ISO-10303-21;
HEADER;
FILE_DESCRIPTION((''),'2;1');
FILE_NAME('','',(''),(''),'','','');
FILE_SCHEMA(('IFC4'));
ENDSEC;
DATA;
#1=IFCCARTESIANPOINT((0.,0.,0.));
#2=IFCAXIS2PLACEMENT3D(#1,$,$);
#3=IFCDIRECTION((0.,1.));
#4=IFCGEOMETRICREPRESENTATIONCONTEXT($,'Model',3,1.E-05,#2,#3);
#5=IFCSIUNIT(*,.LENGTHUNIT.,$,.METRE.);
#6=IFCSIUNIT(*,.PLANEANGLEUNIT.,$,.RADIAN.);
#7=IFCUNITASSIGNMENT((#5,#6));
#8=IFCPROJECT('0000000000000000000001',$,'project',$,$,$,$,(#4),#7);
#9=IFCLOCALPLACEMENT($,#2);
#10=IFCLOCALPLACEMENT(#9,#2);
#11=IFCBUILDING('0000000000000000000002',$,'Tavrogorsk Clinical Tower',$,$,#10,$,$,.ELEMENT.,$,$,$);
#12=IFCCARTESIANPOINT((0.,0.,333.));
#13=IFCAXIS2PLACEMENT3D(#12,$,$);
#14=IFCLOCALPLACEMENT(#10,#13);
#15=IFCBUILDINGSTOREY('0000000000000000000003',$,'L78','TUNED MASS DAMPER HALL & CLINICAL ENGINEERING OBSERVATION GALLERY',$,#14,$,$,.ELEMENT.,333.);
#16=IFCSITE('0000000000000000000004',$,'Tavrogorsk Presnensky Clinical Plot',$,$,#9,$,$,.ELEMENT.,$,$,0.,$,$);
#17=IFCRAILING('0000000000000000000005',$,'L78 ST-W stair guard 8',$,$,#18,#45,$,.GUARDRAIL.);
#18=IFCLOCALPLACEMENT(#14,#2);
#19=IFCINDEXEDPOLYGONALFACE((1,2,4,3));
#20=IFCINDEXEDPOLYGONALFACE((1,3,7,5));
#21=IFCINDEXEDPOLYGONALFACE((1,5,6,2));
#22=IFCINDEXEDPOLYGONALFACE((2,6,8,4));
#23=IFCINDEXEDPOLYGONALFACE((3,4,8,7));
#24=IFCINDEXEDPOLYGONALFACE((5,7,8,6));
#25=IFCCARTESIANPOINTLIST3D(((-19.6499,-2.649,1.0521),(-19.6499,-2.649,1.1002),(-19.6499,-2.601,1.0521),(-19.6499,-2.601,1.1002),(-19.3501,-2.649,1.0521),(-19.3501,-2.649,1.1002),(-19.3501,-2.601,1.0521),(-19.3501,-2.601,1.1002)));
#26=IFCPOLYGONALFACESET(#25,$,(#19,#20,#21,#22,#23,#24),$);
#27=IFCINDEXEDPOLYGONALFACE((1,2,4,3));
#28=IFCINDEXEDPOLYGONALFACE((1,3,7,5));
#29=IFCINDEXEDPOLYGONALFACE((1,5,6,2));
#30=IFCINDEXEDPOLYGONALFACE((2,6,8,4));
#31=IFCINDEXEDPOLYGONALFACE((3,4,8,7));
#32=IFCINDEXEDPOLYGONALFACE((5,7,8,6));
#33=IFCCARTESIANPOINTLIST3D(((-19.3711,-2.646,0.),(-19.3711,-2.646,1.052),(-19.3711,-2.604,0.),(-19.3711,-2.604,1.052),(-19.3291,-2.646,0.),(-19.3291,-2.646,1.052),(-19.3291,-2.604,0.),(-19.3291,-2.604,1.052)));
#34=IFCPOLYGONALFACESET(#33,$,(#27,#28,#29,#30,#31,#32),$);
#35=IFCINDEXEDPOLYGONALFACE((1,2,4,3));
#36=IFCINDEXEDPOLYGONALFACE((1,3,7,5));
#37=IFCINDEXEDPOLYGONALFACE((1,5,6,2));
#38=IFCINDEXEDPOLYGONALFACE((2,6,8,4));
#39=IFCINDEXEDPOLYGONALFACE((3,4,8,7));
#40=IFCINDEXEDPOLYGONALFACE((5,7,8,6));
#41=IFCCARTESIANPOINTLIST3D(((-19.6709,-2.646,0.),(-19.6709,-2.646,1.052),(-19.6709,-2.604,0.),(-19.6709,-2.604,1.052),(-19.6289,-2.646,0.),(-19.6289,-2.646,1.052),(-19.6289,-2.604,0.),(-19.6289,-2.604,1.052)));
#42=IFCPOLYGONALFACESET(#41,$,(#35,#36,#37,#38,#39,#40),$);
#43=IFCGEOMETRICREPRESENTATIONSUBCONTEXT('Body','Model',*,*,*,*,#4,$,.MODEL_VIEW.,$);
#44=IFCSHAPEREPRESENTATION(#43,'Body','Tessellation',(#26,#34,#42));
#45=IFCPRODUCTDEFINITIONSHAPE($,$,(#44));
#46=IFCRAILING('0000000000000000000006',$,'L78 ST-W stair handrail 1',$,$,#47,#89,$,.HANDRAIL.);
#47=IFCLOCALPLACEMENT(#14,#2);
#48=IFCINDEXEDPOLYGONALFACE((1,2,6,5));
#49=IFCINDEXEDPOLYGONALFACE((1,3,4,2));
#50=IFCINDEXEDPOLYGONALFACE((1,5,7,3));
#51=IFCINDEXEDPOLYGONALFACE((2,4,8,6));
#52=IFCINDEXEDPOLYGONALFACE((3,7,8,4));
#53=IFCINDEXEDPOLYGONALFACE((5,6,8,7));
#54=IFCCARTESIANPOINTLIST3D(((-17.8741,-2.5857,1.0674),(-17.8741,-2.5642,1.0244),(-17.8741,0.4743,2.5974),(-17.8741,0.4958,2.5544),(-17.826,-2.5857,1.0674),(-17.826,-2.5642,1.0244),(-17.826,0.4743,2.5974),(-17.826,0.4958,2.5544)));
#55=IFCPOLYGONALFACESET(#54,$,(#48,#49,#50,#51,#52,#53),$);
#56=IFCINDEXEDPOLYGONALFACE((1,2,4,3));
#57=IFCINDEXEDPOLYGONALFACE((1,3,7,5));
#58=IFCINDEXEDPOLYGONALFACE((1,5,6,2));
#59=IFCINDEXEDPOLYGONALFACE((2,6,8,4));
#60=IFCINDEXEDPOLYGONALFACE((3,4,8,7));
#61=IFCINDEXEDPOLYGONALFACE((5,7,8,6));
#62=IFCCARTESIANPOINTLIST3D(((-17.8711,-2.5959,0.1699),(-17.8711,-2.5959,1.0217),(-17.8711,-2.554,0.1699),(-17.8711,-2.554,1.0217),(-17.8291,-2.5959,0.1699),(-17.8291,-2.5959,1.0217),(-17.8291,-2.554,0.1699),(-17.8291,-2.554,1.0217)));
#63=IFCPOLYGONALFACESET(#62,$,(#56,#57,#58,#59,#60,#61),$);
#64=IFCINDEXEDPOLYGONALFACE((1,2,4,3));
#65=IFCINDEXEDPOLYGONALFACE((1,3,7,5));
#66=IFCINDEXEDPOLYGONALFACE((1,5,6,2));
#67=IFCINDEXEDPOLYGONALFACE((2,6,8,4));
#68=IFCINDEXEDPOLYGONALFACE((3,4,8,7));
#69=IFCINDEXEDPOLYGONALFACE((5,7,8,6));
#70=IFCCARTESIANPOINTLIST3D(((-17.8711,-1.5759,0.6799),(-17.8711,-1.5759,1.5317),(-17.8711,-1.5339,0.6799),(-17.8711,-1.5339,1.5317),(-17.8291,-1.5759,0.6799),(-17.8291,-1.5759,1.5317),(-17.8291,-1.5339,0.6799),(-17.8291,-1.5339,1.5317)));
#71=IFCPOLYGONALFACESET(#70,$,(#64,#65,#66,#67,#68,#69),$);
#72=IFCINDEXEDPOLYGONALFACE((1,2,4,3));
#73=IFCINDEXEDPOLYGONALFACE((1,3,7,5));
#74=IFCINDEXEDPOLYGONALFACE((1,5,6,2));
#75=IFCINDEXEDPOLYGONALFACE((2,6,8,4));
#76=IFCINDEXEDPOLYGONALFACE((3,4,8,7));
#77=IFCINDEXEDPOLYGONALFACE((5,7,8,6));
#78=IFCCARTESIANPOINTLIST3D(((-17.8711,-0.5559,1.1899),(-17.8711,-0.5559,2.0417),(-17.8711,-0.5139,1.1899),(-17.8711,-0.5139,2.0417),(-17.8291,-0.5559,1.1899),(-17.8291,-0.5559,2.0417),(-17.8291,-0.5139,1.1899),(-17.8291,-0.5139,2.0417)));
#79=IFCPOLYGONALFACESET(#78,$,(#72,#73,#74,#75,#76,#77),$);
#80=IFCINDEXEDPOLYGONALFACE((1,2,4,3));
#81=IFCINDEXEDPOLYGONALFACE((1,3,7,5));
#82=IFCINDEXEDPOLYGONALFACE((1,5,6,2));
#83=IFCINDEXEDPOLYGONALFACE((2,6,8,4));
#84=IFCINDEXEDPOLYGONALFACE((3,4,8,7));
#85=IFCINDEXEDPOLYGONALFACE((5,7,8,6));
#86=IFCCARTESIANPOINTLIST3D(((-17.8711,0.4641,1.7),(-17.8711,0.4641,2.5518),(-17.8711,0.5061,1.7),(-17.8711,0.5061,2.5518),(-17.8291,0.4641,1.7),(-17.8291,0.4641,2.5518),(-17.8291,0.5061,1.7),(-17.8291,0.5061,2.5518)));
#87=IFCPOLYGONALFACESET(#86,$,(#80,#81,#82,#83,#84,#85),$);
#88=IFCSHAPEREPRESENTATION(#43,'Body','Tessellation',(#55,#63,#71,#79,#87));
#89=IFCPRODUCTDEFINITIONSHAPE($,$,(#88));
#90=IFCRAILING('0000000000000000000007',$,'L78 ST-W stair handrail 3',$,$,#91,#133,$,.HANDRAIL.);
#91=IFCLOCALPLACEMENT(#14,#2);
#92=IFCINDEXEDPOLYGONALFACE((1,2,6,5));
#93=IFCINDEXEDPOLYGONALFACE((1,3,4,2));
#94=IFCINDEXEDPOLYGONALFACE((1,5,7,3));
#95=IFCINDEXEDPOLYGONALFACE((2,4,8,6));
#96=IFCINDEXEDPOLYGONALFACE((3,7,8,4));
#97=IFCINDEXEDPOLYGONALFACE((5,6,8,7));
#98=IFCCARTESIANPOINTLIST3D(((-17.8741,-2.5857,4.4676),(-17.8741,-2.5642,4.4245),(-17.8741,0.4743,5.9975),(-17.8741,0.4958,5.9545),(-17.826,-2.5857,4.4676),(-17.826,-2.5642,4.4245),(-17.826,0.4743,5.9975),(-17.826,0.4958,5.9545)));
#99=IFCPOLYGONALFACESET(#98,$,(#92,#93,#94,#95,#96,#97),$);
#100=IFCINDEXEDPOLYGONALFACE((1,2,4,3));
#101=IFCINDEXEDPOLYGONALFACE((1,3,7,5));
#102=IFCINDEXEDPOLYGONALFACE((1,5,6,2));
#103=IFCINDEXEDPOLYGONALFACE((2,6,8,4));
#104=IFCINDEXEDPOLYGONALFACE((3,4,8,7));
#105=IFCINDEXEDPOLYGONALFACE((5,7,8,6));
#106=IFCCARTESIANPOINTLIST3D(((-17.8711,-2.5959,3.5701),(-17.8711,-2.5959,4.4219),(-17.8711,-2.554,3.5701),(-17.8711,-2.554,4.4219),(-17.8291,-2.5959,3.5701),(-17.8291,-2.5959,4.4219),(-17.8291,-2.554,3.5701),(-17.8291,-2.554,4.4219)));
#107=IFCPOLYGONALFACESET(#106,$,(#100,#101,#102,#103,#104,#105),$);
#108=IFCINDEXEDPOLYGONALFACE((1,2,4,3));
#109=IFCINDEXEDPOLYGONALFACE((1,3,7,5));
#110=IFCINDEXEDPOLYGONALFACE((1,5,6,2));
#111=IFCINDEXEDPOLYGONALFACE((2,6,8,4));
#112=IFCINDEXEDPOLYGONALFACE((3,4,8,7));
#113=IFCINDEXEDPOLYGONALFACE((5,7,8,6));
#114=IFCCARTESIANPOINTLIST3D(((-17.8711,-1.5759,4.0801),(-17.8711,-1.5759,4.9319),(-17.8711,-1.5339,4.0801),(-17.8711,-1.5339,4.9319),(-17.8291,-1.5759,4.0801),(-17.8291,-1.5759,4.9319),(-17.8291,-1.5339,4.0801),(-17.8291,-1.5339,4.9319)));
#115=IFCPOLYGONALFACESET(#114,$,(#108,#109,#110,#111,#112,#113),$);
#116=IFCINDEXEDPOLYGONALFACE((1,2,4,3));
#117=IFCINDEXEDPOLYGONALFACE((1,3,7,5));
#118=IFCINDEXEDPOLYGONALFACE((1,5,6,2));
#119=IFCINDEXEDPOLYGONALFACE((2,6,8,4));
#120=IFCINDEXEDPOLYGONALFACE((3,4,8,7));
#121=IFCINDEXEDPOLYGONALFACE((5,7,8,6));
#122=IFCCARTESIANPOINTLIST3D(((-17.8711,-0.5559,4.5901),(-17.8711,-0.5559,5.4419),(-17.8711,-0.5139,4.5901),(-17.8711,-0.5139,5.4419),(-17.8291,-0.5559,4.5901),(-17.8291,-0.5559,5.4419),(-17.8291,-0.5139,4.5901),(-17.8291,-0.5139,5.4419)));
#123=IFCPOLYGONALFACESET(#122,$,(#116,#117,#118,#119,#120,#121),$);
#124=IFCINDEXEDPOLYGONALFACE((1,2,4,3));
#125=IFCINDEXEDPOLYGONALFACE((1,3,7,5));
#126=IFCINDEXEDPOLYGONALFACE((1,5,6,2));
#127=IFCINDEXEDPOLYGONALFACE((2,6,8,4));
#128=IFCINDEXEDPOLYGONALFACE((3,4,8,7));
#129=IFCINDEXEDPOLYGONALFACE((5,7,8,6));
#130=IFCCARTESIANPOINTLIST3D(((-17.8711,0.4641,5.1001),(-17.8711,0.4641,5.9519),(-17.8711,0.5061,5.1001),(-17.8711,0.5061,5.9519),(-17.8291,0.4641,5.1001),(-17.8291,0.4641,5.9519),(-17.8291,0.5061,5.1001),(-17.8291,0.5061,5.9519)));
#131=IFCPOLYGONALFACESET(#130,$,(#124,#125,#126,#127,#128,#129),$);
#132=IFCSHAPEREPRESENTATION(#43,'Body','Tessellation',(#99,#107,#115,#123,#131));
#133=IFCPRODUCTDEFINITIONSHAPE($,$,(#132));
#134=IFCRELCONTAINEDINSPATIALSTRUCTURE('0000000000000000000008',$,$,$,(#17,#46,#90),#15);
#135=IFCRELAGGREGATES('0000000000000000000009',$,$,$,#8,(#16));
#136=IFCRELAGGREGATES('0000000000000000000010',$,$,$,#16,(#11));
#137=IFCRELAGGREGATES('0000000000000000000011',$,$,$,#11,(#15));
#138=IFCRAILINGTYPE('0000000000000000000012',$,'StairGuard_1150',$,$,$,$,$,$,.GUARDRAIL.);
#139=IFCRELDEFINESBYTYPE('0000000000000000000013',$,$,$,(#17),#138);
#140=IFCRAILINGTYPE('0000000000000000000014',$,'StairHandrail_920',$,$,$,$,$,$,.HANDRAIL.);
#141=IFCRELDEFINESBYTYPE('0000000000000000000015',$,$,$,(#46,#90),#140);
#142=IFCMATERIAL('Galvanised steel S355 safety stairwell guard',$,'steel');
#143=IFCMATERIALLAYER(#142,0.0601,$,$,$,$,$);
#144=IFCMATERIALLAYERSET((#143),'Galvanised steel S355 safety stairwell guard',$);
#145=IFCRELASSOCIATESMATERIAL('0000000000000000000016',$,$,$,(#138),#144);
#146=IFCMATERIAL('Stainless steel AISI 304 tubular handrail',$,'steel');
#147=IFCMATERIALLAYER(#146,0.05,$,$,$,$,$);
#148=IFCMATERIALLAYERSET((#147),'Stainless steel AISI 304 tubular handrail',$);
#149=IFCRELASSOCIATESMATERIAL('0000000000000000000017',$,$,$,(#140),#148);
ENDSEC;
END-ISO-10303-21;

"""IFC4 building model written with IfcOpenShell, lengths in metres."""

from ifc_helpers import new_model, si_unit, direction, frame, origin, origin_2d, place, context, subcontext, project, spatial, rectangle, extrude, material, layer, layer_set, type_object, element, save


model = new_model("IFC4")

# Units and contexts
model_context = context("Model", 3, precision=1e-05, world=origin(), true_north=direction((0.0, 1.0)))
body_context = subcontext(model_context, "Body", "Model", "MODEL_VIEW")
ifc_project = project(units=[si_unit("LENGTHUNIT", "METRE"), si_unit("PLANEANGLEUNIT", "RADIAN")], contexts=[model_context])

# Site, building, storey
site_placement = place(None, origin())
site = spatial("IfcSite", under=ifc_project, at=site_placement, Name="Tavrogorsk Presnensky Clinical Plot", CompositionType="ELEMENT", RefElevation=0.0)
building_placement = place(site_placement, origin())
building = spatial("IfcBuilding", under=site, at=building_placement, Name="Tavrogorsk Clinical Tower", CompositionType="ELEMENT")
storey_placement = place(building_placement, frame((0.0, 0.0, 333.0)))
storey = spatial("IfcBuildingStorey", under=building, at=storey_placement, Name="L78", Description="TUNED MASS DAMPER HALL & CLINICAL ENGINEERING OBSERVATION GALLERY", CompositionType="ELEMENT", Elevation=333.0)

# Railings
ifc_material_1 = material(Name="Galvanised steel S355 safety stairwell guard", Category="steel")
ifc_layer_1 = layer(ifc_material_1, 0.0601)
ifc_layer_set_1 = layer_set([ifc_layer_1], Name="Galvanised steel S355 safety stairwell guard")
railing_type_1 = type_object("IfcRailingType", Name="StairGuard_1150", PredefinedType="GUARDRAIL", material=ifc_layer_set_1)
railing_1_placement = place(storey_placement, frame((-19.3501, -2.625, 0.0)))
element("IfcRailing", 1, at=railing_1_placement, inside=storey, type_object=railing_type_1, Name="L78 ST-W stair guard 8", PredefinedType="GUARDRAIL", context=body_context, shape_type="SweptSolid", body=[
    extrude(rectangle(XDim=0.0481, YDim=0.0481, at=origin_2d()), frame((0.0, 0.0, 1.0762), z_axis=(-1.0, 0.0, 0.0), x_axis=(0.0, -1.0, 0.0)), (0.0, 0.0, 1.0), 0.2998),
    extrude(rectangle(XDim=0.042, YDim=0.042, at=origin_2d()), origin(), (0.0, 0.0, 1.0), 1.052),
    extrude(rectangle(XDim=0.042, YDim=0.042, at=origin_2d()), frame((-0.2998, 0.0, 0.0)), (0.0, 0.0, 1.0), 1.052),
])
ifc_material_2 = material(Name="Stainless steel AISI 304 tubular handrail", Category="steel")
ifc_layer_2 = layer(ifc_material_2, 0.05)
ifc_layer_set_2 = layer_set([ifc_layer_2], Name="Stainless steel AISI 304 tubular handrail")
railing_type_2 = type_object("IfcRailingType", Name="StairHandrail_920", PredefinedType="HANDRAIL", material=ifc_layer_set_2)
for number, where, name in (
    (2, (-17.8501, -2.575, 0.1699), "L78 ST-W stair handrail 1"),
    (3, (-17.8501, -2.575, 3.5701), "L78 ST-W stair handrail 3"),
):
    element("IfcRailing", number, at=place(storey_placement, frame(where)), inside=storey, type_object=railing_type_2, Name=name, PredefinedType="HANDRAIL", context=body_context, shape_type="SweptSolid", body=[
        extrude(rectangle(XDim=0.0481, YDim=0.0481, at=origin_2d()), frame((0.0, 0.0, 0.876), z_axis=(0.0, 0.894427, 0.447214), x_axis=(-1.0, 0.0, 0.0)), (0.0, 0.0, 1.0), 3.4211),
        extrude(rectangle(XDim=0.042, YDim=0.042, at=origin_2d()), origin(), (0.0, 0.0, 1.0), 0.8518),
        extrude(rectangle(XDim=0.042, YDim=0.042, at=origin_2d()), frame((0.0, 1.02, 0.51)), (0.0, 0.0, 1.0), 0.8518),
        extrude(rectangle(XDim=0.042, YDim=0.042, at=origin_2d()), frame((0.0, 2.04, 1.02)), (0.0, 0.0, 1.0), 0.8518),
        extrude(rectangle(XDim=0.042, YDim=0.042, at=origin_2d()), frame((0.0, 3.0601, 1.53)), (0.0, 0.0, 1.0), 0.8518),
    ])

save(model, "model.ifc")
